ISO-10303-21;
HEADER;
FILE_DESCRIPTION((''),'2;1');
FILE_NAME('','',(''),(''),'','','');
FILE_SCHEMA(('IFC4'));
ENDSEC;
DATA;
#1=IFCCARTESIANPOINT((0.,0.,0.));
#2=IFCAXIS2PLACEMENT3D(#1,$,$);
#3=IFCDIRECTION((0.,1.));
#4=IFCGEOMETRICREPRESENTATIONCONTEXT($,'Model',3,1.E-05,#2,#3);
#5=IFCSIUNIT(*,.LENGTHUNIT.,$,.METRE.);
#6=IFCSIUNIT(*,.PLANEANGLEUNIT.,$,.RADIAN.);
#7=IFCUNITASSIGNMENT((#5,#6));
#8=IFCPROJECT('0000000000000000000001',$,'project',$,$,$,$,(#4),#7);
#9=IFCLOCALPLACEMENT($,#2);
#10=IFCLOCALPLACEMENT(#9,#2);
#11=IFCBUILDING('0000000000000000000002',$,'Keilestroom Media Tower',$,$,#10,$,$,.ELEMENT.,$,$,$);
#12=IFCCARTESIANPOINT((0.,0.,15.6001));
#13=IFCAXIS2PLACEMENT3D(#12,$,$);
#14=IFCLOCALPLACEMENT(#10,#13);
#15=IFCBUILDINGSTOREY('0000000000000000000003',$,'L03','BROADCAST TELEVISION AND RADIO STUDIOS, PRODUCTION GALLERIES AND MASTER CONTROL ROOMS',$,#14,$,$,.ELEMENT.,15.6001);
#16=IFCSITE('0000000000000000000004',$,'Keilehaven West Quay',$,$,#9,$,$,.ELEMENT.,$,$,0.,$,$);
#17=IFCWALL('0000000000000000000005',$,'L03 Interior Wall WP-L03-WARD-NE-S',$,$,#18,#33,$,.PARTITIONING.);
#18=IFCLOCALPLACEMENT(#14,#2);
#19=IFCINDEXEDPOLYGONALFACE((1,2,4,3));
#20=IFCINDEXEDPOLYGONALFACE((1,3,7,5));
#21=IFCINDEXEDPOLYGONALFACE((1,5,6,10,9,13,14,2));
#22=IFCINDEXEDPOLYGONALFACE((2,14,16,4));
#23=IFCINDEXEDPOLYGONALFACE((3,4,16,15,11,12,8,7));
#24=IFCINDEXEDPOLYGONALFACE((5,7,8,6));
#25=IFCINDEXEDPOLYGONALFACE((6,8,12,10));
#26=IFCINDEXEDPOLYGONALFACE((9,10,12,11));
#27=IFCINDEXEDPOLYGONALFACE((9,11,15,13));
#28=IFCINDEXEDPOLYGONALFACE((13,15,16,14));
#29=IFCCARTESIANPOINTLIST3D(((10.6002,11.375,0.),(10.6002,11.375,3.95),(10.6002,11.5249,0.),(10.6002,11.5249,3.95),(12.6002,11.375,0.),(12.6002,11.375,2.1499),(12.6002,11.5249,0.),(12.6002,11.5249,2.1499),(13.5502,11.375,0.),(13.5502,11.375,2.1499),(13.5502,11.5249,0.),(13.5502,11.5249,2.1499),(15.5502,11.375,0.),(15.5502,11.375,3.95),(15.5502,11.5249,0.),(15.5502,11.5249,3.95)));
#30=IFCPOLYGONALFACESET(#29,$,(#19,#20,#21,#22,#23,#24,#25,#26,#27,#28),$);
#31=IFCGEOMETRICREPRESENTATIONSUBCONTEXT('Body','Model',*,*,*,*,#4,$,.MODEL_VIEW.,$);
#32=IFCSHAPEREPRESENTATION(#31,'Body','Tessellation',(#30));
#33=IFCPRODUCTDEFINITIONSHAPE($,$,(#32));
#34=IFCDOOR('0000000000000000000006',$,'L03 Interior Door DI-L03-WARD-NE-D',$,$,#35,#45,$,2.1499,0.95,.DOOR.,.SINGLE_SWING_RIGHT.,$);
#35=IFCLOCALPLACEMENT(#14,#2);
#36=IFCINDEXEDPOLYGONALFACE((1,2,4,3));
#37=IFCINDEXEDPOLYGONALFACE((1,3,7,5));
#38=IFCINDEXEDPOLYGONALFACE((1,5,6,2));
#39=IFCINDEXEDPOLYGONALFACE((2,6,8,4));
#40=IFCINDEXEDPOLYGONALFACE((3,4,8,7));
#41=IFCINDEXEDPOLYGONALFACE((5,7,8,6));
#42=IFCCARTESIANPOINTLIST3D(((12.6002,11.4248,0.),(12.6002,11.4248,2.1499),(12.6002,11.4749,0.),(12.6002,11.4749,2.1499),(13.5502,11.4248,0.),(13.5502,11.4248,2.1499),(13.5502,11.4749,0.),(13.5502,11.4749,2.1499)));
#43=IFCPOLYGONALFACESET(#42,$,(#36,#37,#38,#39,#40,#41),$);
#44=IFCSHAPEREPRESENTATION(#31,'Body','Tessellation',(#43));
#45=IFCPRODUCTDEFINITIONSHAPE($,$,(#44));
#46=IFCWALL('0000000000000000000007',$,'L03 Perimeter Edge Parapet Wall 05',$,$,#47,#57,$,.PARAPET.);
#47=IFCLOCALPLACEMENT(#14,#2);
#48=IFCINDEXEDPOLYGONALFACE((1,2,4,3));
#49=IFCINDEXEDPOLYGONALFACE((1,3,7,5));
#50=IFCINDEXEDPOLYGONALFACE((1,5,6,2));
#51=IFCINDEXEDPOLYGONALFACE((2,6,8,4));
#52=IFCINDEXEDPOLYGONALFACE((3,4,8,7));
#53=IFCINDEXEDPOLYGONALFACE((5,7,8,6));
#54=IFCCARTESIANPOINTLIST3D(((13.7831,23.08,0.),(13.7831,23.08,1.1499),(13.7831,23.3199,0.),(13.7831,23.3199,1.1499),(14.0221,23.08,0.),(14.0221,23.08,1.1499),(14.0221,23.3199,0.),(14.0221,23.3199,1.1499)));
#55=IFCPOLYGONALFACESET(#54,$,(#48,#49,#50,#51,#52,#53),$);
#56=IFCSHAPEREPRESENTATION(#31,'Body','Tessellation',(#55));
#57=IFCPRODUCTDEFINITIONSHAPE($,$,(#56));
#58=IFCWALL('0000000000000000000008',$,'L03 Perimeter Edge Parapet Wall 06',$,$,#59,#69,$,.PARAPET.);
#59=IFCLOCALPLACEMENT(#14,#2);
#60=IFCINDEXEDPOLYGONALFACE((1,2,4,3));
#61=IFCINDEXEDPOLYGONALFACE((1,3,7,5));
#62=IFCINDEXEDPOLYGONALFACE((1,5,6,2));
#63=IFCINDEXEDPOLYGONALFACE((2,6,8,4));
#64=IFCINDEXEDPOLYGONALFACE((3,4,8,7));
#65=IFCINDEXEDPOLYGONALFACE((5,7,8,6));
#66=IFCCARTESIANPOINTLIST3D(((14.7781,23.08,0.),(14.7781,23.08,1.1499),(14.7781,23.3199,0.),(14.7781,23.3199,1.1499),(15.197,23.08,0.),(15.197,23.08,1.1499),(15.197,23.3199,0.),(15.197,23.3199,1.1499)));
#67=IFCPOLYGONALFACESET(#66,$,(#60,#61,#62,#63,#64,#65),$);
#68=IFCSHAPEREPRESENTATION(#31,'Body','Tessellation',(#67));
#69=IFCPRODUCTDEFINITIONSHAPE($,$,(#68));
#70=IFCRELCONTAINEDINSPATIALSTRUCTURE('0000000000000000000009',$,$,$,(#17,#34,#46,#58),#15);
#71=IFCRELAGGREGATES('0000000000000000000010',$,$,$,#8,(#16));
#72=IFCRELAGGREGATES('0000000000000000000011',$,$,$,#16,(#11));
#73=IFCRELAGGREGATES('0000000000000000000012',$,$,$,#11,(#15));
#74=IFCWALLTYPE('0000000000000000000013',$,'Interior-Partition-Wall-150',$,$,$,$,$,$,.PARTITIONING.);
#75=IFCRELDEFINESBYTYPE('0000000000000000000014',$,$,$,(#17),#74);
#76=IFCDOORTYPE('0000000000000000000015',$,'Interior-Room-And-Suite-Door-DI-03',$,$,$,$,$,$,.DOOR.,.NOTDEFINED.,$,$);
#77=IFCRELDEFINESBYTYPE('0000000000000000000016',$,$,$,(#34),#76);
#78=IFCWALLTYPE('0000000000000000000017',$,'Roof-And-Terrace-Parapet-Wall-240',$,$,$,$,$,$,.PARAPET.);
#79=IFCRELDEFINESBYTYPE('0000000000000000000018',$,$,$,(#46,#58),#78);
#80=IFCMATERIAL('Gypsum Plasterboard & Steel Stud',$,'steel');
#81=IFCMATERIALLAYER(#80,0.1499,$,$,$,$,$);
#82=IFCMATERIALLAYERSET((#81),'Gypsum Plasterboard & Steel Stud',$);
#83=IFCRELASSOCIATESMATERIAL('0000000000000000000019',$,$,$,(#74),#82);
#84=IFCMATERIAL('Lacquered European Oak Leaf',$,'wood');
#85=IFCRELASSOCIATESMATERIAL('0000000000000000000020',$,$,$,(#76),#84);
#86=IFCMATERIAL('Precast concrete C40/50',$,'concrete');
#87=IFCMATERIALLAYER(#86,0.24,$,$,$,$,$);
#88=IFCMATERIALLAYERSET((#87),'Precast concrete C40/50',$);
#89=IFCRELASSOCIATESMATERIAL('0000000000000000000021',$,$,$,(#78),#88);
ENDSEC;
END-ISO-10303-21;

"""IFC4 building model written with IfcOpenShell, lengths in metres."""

from ifc_helpers import new_model, si_unit, direction, frame, frame_2d, origin, place, context, subcontext, project, spatial, rectangle, extrude, source, transform, mapped, material, layer, layer_set, type_object, element, fill, save


model = new_model("IFC4")

# Units and contexts
model_context = context("Model", 3, precision=1e-05, world=origin(), true_north=direction((0.0, 1.0)))
body_context = subcontext(model_context, "Body", "Model", "MODEL_VIEW")
ifc_project = project(units=[si_unit("LENGTHUNIT", "METRE"), si_unit("PLANEANGLEUNIT", "RADIAN")], contexts=[model_context])

# Site, building, storey
site_placement = place(None, origin())
site = spatial("IfcSite", under=ifc_project, at=site_placement, Name="Keilehaven West Quay", CompositionType="ELEMENT", RefElevation=0.0)
building_placement = place(site_placement, origin())
building = spatial("IfcBuilding", under=site, at=building_placement, Name="Keilestroom Media Tower", CompositionType="ELEMENT")
storey_placement = place(building_placement, frame((0.0, 0.0, 15.6001)))
storey = spatial("IfcBuildingStorey", under=building, at=storey_placement, Name="L03", Description="BROADCAST TELEVISION AND RADIO STUDIOS, PRODUCTION GALLERIES AND MASTER CONTROL ROOMS", CompositionType="ELEMENT", Elevation=15.6001)

# Shared definitions
ifc_material_1 = material(Name="Precast concrete C40/50", Category="concrete")

# Shared definitions
ifc_material_2 = material(Name="Gypsum Plasterboard & Steel Stud", Category="steel")
ifc_layer_1 = layer(ifc_material_2, 0.1499)
ifc_layer_set_1 = layer_set([ifc_layer_1], Name="Gypsum Plasterboard & Steel Stud")
wall_type_1 = type_object("IfcWallType", Name="Interior-Partition-Wall-150", PredefinedType="PARTITIONING", material=ifc_layer_set_1)
ifc_material_3 = material(Name="Lacquered European Oak Leaf", Category="wood")
door_type = type_object("IfcDoorType", Name="Interior-Room-And-Suite-Door-DI-03", OperationType="NOTDEFINED", PredefinedType="DOOR", material=ifc_material_3)
shared_shape_1 = source(origin(), body_context, "Body", "SweptSolid", [
    extrude(rectangle(XDim=0.95, YDim=2.1499, at=frame_2d((0.4751, 1.075))), frame((0.0, 0.0249, 0.0), z_axis=(0.0, -1.0, 0.0), x_axis=(1.0, 0.0, 0.0)), (0.0, 0.0, 1.0), 0.05),
])

# Wall, opening, door
wall_1_placement = place(storey_placement, frame((10.6001, 11.45, 0.0), z_axis=(0.0, 0.0, 1.0), x_axis=(1.0, 0.0, 0.0)))
wall_1 = element("IfcWall", 1, at=wall_1_placement, inside=storey, type_object=wall_type_1, Name="L03 Interior Wall WP-L03-WARD-NE-S", PredefinedType="PARTITIONING", context=body_context, shape_type="SweptSolid", body=[
    extrude(rectangle(XDim=4.95, YDim=0.1499, at=frame_2d((2.4751, 0.0))), origin(), (0.0, 0.0, 1.0), 3.95),
])
opening_1_placement = place(wall_1_placement, frame((2.0, 0.0, 0.0)))
opening_1 = element("IfcOpeningElement", 2, at=opening_1_placement, cuts=wall_1, PredefinedType="OPENING", context=body_context, shape_type="SweptSolid", body=[
    extrude(rectangle(XDim=0.95, YDim=2.1499, at=frame_2d((0.4751, 1.075))), frame((0.0, 0.085, 0.0), z_axis=(0.0, -1.0, 0.0), x_axis=(1.0, 0.0, 0.0)), (0.0, 0.0, 1.0), 0.1699),
])
door_1_placement = place(opening_1_placement, origin())
door_1 = element("IfcDoor", 3, at=door_1_placement, inside=storey, type_object=door_type, Name="L03 Interior Door DI-L03-WARD-NE-D", OperationType="SINGLE_SWING_RIGHT", OverallHeight=2.1499, OverallWidth=0.95, PredefinedType="DOOR", context=body_context, shape_type="MappedRepresentation", body=[
    mapped(shared_shape_1, transform((0.0, 0.0, 0.0), x_axis=(1.0, 0.0, 0.0), y_axis=(0.0, 1.0, 0.0), z_axis=(0.0, 0.0, 1.0), scale=1.0)),
])
fill(opening_1, door_1)

# Walls
ifc_layer_2 = layer(ifc_material_1, 0.24)
ifc_layer_set_2 = layer_set([ifc_layer_2], Name="Precast concrete C40/50")
wall_type_2 = type_object("IfcWallType", Name="Roof-And-Terrace-Parapet-Wall-240", PredefinedType="PARAPET", material=ifc_layer_set_2)
wall_2_placement = place(storey_placement, frame((13.783, 23.2, 0.0), z_axis=(0.0, 0.0, 1.0), x_axis=(1.0, 0.0, 0.0)))
element("IfcWall", 4, at=wall_2_placement, inside=storey, type_object=wall_type_2, Name="L03 Perimeter Edge Parapet Wall 05", PredefinedType="PARAPET", context=body_context, shape_type="SweptSolid", body=[
    extrude(rectangle(XDim=0.239, YDim=0.24, at=frame_2d((0.1196, 0.0))), origin(), (0.0, 0.0, 1.0), 1.1499),
])
wall_3_placement = place(storey_placement, frame((14.7781, 23.2, 0.0), z_axis=(0.0, 0.0, 1.0), x_axis=(1.0, 0.0, 0.0)))
element("IfcWall", 5, at=wall_3_placement, inside=storey, type_object=wall_type_2, Name="L03 Perimeter Edge Parapet Wall 06", PredefinedType="PARAPET", context=body_context, shape_type="SweptSolid", body=[
    extrude(rectangle(XDim=0.4189, YDim=0.24, at=frame_2d((0.2095, 0.0))), origin(), (0.0, 0.0, 1.0), 1.1499),
])

save(model, "model.ifc")
